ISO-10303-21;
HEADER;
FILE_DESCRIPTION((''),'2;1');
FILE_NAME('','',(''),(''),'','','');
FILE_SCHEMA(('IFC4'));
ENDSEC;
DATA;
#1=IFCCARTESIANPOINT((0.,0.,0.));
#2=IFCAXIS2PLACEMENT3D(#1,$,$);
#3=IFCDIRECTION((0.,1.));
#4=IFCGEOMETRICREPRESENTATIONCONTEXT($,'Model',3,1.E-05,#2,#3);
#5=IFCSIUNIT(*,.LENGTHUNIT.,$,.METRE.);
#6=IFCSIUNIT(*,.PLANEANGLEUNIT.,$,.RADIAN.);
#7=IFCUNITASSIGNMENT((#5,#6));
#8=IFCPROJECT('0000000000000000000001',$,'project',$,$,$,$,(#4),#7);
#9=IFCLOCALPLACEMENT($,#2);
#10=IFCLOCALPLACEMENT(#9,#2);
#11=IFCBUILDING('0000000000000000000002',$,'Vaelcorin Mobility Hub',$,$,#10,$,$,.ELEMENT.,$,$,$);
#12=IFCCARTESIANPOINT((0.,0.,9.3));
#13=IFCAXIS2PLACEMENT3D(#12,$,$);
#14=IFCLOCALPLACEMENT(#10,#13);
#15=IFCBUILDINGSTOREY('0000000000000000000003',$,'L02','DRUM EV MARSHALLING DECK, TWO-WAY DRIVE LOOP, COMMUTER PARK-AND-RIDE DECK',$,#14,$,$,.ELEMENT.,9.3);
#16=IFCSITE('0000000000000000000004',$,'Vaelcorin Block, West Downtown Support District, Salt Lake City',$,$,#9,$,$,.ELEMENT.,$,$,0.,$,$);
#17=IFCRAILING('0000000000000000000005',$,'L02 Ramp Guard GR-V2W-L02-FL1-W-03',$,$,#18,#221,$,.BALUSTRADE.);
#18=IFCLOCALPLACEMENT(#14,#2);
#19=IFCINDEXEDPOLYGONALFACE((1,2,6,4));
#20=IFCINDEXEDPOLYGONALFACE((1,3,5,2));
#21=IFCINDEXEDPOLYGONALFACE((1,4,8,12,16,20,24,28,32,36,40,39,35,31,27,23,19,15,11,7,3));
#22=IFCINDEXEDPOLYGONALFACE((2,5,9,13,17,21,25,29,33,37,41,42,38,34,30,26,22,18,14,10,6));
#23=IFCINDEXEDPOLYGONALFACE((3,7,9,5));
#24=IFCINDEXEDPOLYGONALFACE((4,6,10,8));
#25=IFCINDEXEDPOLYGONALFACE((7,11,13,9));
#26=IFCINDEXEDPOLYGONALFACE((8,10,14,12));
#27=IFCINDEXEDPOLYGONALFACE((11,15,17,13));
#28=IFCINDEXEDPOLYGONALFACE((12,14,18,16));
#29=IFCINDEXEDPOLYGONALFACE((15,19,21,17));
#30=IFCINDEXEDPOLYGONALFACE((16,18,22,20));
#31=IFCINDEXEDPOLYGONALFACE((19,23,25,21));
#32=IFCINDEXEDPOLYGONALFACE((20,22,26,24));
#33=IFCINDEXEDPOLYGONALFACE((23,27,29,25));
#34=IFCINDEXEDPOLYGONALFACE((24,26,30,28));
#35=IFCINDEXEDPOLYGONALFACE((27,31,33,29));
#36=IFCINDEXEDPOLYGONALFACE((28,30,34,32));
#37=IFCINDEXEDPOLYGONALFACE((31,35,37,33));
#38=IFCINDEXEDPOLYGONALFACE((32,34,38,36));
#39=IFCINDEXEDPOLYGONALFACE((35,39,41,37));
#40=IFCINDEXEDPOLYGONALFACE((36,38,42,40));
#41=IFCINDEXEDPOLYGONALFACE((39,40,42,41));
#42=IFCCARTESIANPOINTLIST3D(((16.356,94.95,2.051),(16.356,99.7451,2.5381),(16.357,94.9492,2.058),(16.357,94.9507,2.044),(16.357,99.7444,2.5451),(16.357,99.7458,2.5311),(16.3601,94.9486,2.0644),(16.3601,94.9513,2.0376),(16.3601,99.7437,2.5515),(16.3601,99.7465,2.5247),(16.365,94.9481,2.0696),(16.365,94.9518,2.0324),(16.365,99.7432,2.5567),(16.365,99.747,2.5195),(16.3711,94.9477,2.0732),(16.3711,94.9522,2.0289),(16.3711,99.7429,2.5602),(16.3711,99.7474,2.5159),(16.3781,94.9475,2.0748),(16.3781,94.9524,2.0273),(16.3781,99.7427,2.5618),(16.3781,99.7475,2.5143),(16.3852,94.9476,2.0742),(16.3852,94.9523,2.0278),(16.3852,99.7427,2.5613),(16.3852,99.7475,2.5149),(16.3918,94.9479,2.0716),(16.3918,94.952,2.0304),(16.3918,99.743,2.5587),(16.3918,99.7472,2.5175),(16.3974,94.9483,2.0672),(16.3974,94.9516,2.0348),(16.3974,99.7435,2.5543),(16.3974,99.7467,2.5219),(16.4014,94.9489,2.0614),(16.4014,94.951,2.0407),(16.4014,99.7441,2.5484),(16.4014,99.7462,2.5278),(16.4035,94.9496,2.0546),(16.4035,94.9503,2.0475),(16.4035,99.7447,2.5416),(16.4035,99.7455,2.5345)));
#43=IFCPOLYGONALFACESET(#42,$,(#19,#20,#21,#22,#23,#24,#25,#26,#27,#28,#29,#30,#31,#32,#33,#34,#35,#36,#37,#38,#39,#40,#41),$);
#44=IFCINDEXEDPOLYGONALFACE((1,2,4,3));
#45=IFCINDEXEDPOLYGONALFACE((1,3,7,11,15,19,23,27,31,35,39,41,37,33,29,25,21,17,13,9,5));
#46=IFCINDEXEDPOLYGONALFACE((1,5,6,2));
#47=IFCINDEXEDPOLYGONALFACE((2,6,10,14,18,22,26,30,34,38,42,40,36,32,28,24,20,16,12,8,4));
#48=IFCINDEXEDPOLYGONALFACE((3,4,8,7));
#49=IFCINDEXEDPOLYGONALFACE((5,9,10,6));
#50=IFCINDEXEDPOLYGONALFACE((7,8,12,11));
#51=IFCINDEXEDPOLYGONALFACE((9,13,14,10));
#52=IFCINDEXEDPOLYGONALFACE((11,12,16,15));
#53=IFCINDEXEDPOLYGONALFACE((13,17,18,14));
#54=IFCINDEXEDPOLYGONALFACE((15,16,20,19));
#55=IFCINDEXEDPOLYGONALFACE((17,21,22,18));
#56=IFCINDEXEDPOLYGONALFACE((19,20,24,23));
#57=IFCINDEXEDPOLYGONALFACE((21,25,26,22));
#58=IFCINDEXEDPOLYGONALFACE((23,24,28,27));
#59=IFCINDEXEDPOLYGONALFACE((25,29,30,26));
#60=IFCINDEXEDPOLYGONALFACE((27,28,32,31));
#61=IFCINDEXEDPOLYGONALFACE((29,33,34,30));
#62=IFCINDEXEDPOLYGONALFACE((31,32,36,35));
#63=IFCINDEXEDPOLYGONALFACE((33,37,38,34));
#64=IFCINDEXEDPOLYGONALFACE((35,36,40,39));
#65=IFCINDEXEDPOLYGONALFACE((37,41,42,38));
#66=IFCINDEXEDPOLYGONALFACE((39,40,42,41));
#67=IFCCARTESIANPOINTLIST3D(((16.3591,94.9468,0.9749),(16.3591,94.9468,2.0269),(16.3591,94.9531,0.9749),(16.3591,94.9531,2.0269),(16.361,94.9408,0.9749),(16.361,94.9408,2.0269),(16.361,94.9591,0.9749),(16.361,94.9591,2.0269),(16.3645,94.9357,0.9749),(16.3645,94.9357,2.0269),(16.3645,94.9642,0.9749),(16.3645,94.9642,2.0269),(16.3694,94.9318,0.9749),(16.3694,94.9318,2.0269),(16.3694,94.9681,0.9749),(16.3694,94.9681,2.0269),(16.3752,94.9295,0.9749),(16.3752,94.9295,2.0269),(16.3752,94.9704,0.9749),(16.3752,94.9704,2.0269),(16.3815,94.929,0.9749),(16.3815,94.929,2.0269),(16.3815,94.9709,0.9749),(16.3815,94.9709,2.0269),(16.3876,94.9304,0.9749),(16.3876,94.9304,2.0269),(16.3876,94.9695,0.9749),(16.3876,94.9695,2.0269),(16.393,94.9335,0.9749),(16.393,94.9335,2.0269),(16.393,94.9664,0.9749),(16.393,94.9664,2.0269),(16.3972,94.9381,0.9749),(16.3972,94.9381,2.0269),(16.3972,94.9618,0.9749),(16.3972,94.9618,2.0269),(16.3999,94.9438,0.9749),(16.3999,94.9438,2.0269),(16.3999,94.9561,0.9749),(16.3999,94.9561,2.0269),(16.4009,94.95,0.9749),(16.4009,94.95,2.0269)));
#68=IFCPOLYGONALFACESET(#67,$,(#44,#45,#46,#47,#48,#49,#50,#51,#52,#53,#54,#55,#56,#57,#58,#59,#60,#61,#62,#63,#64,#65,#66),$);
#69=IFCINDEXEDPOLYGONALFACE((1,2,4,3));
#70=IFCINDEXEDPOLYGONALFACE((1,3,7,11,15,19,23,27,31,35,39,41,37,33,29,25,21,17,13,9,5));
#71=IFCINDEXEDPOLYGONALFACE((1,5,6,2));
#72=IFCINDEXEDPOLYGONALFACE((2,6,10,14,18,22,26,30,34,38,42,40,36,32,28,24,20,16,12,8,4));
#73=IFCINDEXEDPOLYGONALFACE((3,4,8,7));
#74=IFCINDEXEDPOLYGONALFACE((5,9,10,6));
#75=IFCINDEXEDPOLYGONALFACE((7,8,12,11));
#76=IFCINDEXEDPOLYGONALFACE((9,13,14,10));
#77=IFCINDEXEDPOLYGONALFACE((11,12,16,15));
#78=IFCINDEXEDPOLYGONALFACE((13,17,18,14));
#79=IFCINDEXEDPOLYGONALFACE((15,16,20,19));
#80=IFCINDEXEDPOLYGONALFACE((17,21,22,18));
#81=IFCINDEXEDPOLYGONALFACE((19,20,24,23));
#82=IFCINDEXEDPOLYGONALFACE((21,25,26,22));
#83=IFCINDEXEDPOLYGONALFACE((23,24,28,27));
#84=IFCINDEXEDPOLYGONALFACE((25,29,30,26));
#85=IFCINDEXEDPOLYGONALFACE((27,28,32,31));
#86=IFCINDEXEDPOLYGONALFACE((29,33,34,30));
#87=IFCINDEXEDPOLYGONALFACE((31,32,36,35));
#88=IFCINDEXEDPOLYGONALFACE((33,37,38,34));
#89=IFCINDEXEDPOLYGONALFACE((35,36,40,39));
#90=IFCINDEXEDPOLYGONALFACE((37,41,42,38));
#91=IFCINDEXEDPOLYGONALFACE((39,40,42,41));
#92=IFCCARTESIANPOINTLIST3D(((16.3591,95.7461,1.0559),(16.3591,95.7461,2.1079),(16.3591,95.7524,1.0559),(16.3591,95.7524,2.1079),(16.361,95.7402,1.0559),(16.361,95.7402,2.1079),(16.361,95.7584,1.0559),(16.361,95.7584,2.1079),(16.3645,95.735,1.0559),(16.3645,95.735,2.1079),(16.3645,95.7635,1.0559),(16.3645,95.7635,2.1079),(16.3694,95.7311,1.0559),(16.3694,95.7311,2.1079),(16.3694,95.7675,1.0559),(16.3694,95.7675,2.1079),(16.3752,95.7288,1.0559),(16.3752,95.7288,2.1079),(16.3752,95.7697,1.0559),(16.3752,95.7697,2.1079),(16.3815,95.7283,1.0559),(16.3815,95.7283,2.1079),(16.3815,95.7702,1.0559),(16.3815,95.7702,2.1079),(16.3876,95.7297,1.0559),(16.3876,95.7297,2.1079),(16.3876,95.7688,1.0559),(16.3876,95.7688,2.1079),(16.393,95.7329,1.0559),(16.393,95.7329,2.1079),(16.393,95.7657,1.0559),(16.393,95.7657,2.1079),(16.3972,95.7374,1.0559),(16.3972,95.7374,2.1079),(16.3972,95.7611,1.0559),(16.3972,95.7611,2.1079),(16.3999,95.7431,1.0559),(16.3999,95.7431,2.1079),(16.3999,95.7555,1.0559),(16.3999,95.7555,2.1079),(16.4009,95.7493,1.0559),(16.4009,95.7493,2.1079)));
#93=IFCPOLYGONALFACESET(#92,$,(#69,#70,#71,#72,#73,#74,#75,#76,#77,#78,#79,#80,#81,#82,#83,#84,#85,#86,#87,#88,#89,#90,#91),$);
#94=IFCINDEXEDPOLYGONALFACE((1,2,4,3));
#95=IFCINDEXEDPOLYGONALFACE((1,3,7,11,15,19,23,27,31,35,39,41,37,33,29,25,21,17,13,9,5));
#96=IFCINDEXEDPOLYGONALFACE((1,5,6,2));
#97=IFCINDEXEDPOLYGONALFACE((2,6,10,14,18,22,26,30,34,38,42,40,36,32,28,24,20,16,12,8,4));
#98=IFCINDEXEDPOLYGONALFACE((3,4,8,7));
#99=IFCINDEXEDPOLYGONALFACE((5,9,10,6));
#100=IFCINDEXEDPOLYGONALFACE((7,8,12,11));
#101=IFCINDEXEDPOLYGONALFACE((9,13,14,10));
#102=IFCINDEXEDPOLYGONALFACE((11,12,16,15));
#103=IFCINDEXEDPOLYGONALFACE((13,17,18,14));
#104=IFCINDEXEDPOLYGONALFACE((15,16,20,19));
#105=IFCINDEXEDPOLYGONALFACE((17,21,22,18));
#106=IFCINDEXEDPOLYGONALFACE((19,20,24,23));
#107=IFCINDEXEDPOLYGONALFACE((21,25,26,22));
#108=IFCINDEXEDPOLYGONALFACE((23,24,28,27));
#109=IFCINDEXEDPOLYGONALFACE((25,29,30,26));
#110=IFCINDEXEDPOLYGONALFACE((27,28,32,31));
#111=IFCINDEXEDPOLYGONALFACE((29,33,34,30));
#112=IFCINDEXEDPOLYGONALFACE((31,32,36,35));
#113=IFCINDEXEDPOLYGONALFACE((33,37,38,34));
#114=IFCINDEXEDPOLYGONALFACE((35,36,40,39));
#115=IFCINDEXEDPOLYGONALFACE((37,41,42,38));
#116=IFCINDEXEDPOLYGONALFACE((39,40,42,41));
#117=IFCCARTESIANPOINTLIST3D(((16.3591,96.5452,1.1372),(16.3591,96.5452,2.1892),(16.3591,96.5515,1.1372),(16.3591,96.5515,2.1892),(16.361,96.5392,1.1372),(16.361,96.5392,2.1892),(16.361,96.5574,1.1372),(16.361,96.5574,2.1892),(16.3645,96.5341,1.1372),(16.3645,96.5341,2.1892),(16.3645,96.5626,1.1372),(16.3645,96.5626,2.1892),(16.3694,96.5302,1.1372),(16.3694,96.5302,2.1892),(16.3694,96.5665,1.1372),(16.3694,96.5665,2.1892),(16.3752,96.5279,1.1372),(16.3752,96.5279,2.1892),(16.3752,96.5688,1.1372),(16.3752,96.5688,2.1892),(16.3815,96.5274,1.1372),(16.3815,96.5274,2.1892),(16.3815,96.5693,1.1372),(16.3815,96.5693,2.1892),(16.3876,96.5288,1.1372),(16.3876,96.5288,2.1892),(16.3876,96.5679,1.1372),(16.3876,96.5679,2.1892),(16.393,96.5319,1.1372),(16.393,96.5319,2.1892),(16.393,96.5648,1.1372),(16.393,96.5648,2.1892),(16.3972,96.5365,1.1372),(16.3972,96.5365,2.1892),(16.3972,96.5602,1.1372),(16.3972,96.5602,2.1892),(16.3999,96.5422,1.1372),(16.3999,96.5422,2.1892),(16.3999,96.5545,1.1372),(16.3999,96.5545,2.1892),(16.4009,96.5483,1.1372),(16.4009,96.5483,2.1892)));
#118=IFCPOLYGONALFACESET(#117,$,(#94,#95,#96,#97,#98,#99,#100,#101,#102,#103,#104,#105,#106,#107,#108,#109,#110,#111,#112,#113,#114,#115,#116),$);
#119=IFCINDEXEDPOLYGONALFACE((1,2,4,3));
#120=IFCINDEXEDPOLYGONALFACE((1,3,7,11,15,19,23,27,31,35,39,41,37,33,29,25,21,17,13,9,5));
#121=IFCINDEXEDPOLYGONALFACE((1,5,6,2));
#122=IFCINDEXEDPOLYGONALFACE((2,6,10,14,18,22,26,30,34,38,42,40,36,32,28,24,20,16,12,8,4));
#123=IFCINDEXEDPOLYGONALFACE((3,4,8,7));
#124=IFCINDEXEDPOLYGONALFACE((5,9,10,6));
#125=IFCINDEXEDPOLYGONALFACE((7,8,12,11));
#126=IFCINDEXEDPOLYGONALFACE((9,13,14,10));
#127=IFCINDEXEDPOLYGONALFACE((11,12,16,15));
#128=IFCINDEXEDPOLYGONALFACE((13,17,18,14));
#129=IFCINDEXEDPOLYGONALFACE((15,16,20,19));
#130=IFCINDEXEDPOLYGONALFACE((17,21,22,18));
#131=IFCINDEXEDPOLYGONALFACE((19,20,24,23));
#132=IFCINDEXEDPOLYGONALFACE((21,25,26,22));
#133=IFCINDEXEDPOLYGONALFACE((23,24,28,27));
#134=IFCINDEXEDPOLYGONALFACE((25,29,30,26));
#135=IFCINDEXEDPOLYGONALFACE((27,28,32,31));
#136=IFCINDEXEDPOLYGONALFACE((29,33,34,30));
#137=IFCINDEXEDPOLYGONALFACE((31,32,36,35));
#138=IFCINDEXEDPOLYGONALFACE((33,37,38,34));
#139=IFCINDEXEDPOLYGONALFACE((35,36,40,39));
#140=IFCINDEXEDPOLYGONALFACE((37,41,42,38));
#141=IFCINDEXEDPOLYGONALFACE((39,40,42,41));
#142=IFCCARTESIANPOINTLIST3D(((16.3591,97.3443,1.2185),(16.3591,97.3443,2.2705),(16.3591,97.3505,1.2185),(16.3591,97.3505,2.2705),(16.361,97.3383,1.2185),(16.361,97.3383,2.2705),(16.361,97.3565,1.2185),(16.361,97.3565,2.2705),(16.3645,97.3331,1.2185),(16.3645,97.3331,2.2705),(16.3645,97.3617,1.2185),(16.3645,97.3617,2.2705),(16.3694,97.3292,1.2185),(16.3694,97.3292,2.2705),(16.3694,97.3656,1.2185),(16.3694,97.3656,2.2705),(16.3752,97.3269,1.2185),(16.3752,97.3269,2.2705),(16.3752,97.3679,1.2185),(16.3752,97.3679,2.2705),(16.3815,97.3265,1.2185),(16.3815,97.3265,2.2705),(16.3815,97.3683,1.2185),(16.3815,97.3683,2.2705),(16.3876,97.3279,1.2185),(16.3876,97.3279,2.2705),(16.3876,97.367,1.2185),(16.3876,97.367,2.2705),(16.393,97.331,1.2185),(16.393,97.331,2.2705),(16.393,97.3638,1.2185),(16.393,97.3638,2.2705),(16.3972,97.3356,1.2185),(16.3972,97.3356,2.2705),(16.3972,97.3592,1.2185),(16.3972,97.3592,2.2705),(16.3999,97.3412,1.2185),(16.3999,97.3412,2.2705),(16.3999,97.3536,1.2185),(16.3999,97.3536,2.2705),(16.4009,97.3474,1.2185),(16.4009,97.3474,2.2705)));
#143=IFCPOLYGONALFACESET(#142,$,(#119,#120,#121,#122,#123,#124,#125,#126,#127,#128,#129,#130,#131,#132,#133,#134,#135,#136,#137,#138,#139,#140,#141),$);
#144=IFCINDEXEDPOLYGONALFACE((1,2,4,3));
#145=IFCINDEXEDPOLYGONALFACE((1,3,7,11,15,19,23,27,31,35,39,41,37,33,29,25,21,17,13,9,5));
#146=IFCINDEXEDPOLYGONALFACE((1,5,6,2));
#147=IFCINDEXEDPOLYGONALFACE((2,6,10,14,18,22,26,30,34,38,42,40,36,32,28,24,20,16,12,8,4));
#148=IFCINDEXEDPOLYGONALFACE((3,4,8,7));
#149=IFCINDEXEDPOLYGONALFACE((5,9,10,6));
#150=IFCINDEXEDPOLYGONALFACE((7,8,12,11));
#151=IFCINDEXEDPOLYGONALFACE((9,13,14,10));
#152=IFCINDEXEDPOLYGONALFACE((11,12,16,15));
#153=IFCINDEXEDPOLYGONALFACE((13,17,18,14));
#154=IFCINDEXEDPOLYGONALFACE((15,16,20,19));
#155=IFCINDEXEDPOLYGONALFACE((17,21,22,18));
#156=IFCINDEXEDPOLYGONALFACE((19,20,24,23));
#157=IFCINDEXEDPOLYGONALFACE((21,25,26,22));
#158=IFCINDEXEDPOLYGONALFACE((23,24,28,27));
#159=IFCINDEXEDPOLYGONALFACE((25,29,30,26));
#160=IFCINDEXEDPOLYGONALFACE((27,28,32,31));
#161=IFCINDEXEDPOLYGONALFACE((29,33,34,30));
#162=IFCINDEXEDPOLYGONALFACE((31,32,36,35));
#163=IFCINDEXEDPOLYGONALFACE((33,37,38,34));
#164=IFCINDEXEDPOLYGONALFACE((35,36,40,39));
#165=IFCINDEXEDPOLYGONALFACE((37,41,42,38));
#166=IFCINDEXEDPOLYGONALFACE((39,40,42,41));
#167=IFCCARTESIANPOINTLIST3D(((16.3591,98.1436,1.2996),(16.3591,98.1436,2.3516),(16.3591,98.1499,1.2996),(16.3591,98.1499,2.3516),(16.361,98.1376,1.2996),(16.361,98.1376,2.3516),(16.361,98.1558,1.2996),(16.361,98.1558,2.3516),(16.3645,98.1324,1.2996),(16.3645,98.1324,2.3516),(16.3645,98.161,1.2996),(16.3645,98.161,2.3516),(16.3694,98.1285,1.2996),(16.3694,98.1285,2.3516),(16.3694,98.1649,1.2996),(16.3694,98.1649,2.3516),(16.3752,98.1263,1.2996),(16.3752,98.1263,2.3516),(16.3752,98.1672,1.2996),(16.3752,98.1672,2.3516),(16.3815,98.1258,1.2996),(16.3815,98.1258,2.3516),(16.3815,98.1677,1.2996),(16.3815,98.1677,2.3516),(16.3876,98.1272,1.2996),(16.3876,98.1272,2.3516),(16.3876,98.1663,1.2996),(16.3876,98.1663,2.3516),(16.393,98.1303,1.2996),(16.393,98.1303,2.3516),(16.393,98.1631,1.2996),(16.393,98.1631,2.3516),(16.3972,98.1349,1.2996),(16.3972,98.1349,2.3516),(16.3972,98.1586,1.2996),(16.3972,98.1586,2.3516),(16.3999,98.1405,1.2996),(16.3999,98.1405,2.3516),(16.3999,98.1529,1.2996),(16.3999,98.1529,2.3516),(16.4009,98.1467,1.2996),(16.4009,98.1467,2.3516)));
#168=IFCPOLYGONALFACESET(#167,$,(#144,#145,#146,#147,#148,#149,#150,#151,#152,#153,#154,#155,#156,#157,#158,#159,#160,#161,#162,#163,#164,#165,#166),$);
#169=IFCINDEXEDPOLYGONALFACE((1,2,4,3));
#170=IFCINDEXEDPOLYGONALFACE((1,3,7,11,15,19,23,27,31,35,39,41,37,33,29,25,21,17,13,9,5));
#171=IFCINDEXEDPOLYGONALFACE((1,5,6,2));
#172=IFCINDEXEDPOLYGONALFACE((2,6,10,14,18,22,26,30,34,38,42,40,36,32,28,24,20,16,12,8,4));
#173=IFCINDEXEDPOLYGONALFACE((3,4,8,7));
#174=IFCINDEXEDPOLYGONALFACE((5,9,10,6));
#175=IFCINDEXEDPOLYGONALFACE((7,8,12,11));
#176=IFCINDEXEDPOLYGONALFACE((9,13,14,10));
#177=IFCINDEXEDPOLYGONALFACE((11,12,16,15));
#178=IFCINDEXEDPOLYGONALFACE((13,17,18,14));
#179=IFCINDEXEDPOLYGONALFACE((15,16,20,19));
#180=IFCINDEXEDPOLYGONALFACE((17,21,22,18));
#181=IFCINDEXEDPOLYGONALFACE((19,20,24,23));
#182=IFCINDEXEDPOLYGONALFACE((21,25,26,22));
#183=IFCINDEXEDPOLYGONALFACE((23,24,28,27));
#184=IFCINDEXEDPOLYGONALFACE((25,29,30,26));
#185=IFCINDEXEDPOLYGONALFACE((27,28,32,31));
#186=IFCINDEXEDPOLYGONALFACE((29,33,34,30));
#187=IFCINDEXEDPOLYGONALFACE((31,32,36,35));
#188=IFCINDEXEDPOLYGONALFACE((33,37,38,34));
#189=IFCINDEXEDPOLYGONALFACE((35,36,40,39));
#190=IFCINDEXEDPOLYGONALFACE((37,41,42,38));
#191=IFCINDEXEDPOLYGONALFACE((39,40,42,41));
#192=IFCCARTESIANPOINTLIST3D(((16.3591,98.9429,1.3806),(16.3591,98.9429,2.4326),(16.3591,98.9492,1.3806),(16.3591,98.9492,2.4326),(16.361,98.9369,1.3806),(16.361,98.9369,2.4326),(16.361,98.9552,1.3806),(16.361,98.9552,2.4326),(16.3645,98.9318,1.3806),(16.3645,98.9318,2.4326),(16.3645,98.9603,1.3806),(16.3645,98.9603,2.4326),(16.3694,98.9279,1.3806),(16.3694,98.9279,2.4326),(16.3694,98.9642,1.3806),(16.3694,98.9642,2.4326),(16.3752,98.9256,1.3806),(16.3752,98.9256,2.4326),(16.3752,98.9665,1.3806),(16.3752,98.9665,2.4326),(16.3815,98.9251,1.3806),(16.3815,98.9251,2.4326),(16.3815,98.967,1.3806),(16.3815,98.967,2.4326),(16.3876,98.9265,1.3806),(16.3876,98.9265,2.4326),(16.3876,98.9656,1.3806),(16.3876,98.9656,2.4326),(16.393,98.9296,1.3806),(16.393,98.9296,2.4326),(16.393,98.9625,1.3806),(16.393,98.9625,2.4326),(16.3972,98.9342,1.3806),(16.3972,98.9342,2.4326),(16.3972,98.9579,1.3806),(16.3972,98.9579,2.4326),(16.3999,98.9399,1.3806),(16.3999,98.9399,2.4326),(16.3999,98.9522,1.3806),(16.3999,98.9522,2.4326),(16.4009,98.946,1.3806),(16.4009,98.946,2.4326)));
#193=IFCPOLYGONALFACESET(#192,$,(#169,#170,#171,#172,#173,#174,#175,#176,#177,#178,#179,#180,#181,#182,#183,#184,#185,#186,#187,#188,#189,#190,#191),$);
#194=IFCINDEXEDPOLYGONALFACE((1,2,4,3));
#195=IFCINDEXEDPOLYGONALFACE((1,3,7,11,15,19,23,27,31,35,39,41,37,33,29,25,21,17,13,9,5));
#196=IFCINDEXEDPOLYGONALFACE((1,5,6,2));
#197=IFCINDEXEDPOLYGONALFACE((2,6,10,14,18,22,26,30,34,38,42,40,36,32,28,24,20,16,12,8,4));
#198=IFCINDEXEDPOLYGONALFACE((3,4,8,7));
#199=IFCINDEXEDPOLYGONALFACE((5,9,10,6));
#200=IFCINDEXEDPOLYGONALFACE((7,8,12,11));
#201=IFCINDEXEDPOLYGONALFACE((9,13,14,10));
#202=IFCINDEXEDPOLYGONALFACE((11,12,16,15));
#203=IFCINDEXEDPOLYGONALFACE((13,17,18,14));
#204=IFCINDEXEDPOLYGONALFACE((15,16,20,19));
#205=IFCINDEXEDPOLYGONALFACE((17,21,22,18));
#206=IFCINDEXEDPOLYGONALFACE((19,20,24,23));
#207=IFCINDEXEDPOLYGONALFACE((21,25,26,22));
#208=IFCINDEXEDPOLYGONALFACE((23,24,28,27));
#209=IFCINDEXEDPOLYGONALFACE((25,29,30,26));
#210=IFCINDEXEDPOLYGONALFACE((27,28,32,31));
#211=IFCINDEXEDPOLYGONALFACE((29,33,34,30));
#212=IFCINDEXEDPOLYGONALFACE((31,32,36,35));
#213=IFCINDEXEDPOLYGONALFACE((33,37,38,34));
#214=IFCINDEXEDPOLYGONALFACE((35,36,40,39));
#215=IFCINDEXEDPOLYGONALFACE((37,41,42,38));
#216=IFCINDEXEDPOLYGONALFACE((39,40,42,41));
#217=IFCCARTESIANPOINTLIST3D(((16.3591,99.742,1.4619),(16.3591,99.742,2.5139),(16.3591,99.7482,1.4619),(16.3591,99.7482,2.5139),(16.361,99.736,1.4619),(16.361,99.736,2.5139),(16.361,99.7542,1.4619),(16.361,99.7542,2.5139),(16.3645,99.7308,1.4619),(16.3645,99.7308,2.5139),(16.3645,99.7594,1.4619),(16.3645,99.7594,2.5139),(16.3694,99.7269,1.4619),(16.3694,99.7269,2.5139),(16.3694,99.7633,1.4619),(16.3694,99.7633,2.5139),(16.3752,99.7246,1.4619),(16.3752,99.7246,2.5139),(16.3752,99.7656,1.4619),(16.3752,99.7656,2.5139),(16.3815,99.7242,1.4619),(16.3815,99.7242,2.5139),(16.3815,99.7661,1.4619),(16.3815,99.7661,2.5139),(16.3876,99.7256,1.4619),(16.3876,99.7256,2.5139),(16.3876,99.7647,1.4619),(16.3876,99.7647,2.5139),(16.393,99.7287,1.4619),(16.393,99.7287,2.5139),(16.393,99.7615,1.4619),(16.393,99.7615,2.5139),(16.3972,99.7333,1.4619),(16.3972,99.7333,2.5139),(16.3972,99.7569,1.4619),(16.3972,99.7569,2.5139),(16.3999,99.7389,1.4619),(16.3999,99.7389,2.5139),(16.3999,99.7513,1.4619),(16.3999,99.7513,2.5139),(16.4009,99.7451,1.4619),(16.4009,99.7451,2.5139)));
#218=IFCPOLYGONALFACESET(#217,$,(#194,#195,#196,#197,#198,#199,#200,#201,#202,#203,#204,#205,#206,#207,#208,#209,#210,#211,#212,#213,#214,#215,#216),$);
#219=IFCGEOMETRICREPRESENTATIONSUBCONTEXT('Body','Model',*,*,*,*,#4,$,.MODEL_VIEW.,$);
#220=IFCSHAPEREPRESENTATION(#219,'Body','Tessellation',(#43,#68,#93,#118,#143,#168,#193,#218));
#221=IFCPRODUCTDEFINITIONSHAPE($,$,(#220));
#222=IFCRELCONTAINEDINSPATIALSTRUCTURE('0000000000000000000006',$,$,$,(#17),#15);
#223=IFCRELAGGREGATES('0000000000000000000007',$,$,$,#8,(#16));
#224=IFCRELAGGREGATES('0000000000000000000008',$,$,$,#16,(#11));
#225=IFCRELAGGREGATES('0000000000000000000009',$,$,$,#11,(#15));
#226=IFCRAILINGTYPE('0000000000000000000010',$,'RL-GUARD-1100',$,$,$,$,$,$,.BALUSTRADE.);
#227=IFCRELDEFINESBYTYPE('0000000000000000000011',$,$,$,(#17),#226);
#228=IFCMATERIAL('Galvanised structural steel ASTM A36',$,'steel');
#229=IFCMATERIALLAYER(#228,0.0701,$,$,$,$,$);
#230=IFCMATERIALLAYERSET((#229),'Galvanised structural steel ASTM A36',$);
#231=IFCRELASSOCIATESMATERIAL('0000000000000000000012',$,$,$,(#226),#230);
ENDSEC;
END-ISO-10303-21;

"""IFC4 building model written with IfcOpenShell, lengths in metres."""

from ifc_helpers import new_model, si_unit, direction, frame, origin, origin_2d, place, context, subcontext, project, spatial, circle, extrude, material, layer, layer_set, type_object, element, save


model = new_model("IFC4")

# Units and contexts
model_context = context("Model", 3, precision=1e-05, world=origin(), true_north=direction((0.0, 1.0)))
body_context = subcontext(model_context, "Body", "Model", "MODEL_VIEW")
ifc_project = project(units=[si_unit("LENGTHUNIT", "METRE"), si_unit("PLANEANGLEUNIT", "RADIAN")], contexts=[model_context])

# Site, building, storey
site_placement = place(None, origin())
site = spatial("IfcSite", under=ifc_project, at=site_placement, Name="Vaelcorin Block, West Downtown Support District, Salt Lake City", CompositionType="ELEMENT", RefElevation=0.0)
building_placement = place(site_placement, origin())
building = spatial("IfcBuilding", under=site, at=building_placement, Name="Vaelcorin Mobility Hub", CompositionType="ELEMENT")
storey_placement = place(building_placement, frame((0.0, 0.0, 9.3)))
storey = spatial("IfcBuildingStorey", under=building, at=storey_placement, Name="L02", Description="DRUM EV MARSHALLING DECK, TWO-WAY DRIVE LOOP, COMMUTER PARK-AND-RIDE DECK", CompositionType="ELEMENT", Elevation=9.3)

# Railing
ifc_material_1 = material(Name="Galvanised structural steel ASTM A36", Category="steel")
ifc_layer_1 = layer(ifc_material_1, 0.0701)
ifc_layer_set_1 = layer_set([ifc_layer_1], Name="Galvanised structural steel ASTM A36")
railing_type = type_object("IfcRailingType", Name="RL-GUARD-1100", PredefinedType="BALUSTRADE", material=ifc_layer_set_1)
railing_1_placement = place(storey_placement, frame((16.3799, 94.95, 0.9749)))
element("IfcRailing", 1, at=railing_1_placement, inside=storey, type_object=railing_type, Name="L02 Ramp Guard GR-V2W-L02-FL1-W-03", PredefinedType="BALUSTRADE", context=body_context, shape_type="SweptSolid", body=[
    extrude(circle(Radius=0.0239, at=origin_2d()), frame((0.0, 0.0, 1.0762), z_axis=(0.0, 0.994881, 0.101053), x_axis=(-1.0, 0.0, 0.0)), (0.0, 0.0, 1.0), 4.8198),
    extrude(circle(Radius=0.021, at=origin_2d()), origin(), (0.0, 0.0, 1.0), 1.052),
    extrude(circle(Radius=0.021, at=origin_2d()), frame((0.0, 0.7993, 0.0811)), (0.0, 0.0, 1.0), 1.052),
    extrude(circle(Radius=0.021, at=origin_2d()), frame((0.0, 1.5984, 0.1624)), (0.0, 0.0, 1.0), 1.052),
    extrude(circle(Radius=0.021, at=origin_2d()), frame((0.0, 2.3975, 0.2437)), (0.0, 0.0, 1.0), 1.052),
    extrude(circle(Radius=0.021, at=origin_2d()), frame((0.0, 3.1968, 0.3247)), (0.0, 0.0, 1.0), 1.052),
    extrude(circle(Radius=0.021, at=origin_2d()), frame((0.0, 3.9961, 0.4058)), (0.0, 0.0, 1.0), 1.052),
    extrude(circle(Radius=0.021, at=origin_2d()), frame((0.0, 4.7952, 0.4871)), (0.0, 0.0, 1.0), 1.052),
])

save(model, "model.ifc")
